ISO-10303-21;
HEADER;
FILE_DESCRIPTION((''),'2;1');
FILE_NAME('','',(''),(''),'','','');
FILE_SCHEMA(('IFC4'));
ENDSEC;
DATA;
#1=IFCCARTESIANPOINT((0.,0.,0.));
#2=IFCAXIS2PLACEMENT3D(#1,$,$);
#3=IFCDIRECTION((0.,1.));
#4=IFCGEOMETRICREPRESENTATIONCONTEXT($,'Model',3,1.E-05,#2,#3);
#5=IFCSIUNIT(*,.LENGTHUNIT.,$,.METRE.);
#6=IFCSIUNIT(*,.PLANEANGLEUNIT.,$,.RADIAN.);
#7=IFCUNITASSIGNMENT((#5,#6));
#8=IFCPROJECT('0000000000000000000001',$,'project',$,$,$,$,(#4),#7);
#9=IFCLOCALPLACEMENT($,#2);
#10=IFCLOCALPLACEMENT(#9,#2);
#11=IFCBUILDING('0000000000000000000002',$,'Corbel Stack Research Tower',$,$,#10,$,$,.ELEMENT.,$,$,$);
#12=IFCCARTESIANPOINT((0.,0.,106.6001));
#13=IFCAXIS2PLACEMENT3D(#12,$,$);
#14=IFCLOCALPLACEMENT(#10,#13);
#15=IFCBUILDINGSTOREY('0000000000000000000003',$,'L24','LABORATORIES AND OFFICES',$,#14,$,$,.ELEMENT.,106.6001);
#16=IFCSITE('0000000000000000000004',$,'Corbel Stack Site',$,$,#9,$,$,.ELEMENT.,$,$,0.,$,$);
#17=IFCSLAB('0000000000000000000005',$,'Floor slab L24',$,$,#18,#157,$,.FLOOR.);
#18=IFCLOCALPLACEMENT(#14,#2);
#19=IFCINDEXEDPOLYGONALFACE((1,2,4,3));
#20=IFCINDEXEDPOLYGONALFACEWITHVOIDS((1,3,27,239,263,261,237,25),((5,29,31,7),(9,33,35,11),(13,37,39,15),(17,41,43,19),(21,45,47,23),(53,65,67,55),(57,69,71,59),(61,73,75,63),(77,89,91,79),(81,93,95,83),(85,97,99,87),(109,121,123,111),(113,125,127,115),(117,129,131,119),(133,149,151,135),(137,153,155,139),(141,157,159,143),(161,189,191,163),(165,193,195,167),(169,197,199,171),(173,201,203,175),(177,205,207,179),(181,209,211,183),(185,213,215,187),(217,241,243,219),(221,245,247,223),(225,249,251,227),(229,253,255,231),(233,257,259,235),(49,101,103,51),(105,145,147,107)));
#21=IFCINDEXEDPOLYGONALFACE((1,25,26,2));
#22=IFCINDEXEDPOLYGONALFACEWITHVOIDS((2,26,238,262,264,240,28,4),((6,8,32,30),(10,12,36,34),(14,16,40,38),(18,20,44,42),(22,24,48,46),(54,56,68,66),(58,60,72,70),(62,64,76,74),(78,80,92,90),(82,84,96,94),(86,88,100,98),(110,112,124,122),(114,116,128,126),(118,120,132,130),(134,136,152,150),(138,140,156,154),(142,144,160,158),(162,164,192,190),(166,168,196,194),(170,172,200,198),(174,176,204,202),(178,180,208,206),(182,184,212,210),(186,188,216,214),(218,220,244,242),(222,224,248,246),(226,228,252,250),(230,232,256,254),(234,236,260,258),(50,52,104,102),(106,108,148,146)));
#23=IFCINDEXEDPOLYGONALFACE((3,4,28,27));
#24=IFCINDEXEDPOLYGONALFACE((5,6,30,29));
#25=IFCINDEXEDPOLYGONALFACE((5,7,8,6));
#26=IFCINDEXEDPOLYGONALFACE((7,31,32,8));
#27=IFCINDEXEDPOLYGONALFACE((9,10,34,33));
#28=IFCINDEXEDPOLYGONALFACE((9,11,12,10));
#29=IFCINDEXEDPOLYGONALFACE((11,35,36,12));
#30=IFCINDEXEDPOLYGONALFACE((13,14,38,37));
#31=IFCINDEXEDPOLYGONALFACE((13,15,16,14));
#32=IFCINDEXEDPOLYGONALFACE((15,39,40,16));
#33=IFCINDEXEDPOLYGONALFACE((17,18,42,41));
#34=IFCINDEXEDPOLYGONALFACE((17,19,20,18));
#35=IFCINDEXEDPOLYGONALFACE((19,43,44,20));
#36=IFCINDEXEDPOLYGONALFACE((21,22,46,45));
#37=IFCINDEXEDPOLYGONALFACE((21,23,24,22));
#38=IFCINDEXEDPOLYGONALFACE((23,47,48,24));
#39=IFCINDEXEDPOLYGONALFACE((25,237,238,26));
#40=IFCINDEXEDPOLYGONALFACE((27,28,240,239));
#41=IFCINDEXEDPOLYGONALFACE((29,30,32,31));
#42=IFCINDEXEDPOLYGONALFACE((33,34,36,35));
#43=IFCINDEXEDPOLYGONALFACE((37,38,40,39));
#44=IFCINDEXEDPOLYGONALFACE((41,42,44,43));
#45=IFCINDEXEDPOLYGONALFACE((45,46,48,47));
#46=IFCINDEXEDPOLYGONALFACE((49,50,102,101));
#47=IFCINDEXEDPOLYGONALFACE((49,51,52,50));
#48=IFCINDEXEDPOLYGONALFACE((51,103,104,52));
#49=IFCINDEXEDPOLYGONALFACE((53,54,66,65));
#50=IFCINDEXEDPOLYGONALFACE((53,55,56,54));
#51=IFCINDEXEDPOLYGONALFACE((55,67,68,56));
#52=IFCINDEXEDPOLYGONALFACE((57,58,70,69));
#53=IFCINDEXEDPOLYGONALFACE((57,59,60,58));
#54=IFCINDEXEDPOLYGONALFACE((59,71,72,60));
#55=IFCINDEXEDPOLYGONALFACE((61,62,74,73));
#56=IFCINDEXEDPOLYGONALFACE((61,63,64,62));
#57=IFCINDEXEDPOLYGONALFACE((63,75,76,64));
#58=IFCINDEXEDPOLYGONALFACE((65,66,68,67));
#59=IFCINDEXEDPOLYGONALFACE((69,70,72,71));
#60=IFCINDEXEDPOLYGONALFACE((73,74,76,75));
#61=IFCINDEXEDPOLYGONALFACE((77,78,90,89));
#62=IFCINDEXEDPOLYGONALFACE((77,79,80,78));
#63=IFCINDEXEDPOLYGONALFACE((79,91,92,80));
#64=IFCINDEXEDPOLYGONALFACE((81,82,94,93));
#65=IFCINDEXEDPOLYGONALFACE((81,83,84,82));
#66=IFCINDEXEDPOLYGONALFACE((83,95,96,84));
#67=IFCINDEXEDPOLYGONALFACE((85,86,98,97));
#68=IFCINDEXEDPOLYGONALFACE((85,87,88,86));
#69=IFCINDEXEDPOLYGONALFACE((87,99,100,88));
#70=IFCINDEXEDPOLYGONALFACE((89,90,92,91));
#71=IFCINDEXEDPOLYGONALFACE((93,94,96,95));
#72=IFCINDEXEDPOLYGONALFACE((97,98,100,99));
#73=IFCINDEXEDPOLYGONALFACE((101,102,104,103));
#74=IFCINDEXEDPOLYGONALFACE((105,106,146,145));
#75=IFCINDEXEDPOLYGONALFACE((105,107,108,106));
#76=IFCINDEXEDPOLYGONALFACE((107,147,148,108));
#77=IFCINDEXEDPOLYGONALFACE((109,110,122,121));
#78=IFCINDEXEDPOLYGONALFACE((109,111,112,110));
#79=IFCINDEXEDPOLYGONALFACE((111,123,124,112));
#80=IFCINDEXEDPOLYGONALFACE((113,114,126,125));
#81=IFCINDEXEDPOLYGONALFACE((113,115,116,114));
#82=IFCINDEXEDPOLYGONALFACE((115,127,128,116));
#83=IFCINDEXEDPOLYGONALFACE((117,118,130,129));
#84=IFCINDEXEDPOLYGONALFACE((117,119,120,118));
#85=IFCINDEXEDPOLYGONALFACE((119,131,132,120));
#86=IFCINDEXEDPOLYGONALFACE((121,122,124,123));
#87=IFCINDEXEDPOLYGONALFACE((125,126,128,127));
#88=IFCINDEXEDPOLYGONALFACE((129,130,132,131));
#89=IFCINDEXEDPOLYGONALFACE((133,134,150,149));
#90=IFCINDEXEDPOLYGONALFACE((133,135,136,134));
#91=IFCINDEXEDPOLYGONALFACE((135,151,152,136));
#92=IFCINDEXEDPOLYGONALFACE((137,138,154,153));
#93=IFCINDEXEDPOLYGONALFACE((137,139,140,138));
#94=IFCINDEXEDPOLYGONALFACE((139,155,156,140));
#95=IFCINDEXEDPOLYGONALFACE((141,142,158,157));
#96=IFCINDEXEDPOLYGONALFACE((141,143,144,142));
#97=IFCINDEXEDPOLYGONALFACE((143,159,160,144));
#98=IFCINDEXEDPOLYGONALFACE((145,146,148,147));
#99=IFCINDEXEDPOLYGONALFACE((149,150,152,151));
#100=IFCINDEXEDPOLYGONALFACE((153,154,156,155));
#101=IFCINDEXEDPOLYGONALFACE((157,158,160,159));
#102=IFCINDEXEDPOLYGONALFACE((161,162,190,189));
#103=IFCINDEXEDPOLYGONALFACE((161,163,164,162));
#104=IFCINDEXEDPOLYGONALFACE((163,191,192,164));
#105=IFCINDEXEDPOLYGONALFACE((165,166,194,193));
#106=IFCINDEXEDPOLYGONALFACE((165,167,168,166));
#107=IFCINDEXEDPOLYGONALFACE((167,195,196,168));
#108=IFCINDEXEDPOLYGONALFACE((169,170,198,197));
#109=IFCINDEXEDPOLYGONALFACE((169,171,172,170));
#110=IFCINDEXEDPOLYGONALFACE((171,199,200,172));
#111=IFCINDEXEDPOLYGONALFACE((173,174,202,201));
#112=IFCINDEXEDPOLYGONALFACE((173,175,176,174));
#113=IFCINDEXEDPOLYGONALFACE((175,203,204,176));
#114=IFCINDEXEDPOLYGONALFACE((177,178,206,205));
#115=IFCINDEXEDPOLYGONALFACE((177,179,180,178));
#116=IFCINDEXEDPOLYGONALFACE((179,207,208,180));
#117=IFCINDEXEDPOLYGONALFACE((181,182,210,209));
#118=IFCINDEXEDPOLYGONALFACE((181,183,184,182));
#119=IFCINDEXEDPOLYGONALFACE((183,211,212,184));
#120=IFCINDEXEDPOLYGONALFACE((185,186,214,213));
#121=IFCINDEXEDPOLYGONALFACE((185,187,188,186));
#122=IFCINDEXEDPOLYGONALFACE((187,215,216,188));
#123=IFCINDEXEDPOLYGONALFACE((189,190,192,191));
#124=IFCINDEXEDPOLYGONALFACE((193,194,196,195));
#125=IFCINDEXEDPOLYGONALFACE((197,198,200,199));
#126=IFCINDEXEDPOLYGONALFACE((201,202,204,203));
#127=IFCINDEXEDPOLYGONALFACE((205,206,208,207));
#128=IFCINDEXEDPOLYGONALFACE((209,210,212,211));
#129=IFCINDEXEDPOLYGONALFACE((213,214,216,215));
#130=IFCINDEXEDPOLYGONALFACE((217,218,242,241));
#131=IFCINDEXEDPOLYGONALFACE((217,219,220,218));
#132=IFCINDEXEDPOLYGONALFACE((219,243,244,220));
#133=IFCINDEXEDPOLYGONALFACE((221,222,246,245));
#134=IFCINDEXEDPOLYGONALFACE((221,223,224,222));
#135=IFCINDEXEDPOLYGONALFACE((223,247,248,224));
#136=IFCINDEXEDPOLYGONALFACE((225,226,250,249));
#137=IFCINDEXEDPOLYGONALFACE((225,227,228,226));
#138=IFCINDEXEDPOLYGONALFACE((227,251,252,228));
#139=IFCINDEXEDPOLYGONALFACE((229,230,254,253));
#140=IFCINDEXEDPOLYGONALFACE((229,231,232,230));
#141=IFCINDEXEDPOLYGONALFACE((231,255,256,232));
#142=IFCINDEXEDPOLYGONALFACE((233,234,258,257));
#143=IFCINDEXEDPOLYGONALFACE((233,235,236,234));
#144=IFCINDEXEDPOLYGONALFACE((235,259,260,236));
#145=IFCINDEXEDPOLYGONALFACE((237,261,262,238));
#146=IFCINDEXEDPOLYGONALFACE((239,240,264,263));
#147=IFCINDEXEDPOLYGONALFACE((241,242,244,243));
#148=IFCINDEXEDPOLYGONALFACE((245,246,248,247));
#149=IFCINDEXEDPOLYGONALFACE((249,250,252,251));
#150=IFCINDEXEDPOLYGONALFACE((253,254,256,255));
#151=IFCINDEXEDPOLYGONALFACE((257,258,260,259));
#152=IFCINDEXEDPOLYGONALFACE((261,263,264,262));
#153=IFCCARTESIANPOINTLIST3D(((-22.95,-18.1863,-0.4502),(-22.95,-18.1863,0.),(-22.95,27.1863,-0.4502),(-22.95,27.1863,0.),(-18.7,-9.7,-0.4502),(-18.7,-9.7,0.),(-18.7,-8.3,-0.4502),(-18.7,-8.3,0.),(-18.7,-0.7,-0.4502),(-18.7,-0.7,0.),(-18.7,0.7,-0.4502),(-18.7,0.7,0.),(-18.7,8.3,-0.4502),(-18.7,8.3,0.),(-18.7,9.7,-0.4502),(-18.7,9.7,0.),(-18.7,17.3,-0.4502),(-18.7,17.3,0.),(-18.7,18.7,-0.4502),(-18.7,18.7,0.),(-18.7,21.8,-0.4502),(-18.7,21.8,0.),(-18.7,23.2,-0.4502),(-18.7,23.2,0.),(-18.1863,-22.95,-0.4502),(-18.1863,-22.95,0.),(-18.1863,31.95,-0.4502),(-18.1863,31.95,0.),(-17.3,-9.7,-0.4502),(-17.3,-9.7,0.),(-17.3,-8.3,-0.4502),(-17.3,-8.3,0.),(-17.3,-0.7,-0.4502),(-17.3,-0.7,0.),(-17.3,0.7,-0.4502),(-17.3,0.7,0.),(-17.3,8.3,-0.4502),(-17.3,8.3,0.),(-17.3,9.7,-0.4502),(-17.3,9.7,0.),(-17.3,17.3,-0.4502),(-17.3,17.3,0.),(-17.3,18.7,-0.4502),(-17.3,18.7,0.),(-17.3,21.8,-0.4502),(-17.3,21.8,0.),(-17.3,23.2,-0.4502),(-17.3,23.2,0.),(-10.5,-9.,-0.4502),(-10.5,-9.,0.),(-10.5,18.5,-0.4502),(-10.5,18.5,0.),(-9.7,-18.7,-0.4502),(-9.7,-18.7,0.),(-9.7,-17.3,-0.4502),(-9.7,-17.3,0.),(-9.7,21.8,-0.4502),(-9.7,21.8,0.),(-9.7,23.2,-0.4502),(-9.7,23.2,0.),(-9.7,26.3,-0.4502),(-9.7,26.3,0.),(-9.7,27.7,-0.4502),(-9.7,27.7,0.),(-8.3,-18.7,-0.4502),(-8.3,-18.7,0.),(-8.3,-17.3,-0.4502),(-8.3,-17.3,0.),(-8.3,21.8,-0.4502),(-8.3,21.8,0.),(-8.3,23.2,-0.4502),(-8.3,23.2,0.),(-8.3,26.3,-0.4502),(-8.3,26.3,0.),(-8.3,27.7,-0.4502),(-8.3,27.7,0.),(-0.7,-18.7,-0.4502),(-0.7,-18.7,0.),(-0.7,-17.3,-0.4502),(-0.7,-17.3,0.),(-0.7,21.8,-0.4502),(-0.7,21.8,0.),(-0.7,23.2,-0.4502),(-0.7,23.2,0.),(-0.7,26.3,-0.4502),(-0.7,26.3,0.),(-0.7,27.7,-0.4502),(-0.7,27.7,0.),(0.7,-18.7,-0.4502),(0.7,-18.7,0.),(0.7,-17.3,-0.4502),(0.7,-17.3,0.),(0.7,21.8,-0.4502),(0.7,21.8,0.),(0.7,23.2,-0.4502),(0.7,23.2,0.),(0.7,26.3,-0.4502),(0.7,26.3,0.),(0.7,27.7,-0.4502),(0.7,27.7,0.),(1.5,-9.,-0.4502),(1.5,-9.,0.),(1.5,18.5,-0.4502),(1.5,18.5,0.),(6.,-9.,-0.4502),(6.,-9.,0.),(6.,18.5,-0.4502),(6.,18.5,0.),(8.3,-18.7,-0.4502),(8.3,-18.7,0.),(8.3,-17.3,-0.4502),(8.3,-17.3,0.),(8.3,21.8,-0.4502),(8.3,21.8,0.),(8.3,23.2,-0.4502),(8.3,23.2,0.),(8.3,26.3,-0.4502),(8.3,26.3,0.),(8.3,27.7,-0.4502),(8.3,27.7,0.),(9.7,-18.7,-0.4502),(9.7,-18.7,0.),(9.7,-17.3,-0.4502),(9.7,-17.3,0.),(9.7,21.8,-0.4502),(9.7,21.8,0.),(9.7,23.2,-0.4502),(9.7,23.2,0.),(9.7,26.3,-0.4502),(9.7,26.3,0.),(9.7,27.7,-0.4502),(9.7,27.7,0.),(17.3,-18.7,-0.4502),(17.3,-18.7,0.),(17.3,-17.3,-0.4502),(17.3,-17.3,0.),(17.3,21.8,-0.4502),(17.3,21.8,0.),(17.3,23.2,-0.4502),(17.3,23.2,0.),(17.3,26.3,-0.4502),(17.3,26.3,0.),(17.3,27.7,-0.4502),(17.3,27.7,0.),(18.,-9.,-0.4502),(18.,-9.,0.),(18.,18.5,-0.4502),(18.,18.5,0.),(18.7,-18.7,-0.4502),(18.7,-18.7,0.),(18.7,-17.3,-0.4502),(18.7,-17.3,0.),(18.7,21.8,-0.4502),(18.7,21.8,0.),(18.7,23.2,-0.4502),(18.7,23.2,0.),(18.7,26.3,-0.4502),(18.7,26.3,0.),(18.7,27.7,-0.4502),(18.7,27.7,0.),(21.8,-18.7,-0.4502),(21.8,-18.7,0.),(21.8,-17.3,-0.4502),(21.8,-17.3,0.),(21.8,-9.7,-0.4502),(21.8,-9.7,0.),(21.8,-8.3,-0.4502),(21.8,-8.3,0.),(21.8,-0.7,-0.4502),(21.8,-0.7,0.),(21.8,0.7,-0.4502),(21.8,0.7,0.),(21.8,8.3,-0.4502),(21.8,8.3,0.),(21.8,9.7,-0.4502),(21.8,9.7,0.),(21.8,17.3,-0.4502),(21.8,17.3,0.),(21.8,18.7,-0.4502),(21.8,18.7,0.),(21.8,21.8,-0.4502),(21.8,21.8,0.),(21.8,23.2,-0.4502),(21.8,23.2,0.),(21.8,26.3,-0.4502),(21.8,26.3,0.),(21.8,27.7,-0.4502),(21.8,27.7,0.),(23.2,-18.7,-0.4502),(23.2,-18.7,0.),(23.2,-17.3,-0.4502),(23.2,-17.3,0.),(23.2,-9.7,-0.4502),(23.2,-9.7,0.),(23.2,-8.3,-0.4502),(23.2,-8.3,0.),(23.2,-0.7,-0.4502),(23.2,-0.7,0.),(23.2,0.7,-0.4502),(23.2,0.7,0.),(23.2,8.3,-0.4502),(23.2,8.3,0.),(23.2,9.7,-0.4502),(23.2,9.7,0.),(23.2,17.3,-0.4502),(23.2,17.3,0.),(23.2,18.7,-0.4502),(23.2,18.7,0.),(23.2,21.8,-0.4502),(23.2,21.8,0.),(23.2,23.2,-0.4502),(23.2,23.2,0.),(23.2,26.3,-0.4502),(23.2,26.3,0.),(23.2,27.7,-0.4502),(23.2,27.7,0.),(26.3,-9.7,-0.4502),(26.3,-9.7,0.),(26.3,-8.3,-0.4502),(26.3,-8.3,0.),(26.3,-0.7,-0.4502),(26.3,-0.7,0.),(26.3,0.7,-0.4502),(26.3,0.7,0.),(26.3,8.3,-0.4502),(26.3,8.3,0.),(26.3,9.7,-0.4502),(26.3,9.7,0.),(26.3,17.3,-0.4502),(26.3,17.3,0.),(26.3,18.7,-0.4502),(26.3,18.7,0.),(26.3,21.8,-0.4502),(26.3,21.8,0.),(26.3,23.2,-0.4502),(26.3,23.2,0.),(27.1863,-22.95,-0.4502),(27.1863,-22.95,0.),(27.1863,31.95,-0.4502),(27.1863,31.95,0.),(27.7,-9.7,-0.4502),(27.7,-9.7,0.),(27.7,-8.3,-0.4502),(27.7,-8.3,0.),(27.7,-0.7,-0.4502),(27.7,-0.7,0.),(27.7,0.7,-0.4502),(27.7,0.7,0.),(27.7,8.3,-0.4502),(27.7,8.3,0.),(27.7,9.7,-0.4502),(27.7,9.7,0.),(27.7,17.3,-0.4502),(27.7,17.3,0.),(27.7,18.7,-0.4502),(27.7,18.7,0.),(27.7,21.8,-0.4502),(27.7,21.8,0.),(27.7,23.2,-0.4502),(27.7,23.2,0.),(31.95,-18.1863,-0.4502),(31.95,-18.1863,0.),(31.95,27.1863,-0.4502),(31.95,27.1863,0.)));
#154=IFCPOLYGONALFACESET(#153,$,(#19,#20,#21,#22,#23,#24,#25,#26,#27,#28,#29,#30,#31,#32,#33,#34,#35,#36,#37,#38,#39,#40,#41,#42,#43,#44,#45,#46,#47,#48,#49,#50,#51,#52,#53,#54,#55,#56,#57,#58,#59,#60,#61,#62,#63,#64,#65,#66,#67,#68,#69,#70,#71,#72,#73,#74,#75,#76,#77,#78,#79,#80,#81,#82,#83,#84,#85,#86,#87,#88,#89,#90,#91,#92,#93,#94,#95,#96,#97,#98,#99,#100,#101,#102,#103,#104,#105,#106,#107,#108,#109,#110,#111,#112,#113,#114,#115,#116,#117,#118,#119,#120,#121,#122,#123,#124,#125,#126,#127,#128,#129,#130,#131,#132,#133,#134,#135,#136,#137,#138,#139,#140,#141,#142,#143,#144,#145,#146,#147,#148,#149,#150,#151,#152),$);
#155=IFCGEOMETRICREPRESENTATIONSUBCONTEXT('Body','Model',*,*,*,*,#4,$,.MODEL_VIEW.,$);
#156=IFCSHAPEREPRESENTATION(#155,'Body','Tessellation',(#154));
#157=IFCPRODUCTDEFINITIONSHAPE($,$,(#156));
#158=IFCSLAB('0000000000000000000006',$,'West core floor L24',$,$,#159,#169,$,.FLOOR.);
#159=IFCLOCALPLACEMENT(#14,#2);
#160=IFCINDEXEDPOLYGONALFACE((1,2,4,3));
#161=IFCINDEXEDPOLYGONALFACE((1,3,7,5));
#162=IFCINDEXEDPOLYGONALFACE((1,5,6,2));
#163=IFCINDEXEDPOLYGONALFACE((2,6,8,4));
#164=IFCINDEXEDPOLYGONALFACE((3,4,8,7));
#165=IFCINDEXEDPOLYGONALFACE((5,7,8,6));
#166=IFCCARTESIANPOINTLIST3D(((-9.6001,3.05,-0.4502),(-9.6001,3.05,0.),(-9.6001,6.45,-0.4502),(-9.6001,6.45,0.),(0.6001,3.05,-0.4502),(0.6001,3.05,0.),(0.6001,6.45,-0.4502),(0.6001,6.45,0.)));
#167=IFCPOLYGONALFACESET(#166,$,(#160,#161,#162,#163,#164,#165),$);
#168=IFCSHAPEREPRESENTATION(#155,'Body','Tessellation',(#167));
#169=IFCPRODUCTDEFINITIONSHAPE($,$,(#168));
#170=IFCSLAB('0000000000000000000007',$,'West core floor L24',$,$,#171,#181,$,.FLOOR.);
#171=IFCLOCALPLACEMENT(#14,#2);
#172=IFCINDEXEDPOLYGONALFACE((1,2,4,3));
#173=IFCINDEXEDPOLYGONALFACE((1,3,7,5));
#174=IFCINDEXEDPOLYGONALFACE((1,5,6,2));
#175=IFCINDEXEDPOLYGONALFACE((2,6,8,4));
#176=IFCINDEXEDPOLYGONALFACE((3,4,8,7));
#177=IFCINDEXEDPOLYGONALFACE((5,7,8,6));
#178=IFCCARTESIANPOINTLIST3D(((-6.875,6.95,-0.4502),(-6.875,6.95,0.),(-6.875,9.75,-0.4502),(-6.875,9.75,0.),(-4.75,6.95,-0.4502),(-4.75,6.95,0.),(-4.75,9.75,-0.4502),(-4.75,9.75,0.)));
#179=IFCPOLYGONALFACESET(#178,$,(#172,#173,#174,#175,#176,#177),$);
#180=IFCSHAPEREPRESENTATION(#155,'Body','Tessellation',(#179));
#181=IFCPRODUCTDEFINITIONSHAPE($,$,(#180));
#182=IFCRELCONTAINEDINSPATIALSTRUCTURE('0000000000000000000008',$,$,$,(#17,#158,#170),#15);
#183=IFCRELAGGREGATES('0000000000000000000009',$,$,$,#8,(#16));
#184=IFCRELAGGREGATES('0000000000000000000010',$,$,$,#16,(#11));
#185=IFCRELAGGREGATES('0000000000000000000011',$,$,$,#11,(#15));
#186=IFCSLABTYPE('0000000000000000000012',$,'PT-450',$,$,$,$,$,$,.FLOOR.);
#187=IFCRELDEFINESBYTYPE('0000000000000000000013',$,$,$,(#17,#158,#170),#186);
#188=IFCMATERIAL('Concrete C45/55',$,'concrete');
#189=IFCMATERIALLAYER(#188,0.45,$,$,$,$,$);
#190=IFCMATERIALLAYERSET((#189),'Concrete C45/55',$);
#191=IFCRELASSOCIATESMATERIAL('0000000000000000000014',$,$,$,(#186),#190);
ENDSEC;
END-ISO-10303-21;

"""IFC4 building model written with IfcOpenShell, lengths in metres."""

from ifc_helpers import new_model, si_unit, direction, frame, origin, place, context, subcontext, project, spatial, polyline, outline, extrude, material, layer, layer_set, type_object, element, save


model = new_model("IFC4")

# Units and contexts
model_context = context("Model", 3, precision=1e-05, world=origin(), true_north=direction((0.0, 1.0)))
body_context = subcontext(model_context, "Body", "Model", "MODEL_VIEW")
ifc_project = project(units=[si_unit("LENGTHUNIT", "METRE"), si_unit("PLANEANGLEUNIT", "RADIAN")], contexts=[model_context])

# Site, building, storey
site_placement = place(None, origin())
site = spatial("IfcSite", under=ifc_project, at=site_placement, Name="Corbel Stack Site", CompositionType="ELEMENT", RefElevation=0.0)
building_placement = place(site_placement, origin())
building = spatial("IfcBuilding", under=site, at=building_placement, Name="Corbel Stack Research Tower", CompositionType="ELEMENT")
storey_placement = place(building_placement, frame((0.0, 0.0, 106.6001)))
storey = spatial("IfcBuildingStorey", under=building, at=storey_placement, Name="L24", Description="LABORATORIES AND OFFICES", CompositionType="ELEMENT", Elevation=106.6001)

# Slabs
ifc_material_1 = material(Name="Concrete C45/55", Category="concrete")
ifc_layer_1 = layer(ifc_material_1, 0.45)
ifc_layer_set_1 = layer_set([ifc_layer_1], Name="Concrete C45/55")
slab_type_1 = type_object("IfcSlabType", Name="PT-450", PredefinedType="FLOOR", material=ifc_layer_set_1)
slab_1_placement = place(storey_placement, frame((0.0, 0.0, -0.4502)))
element("IfcSlab", 1, at=slab_1_placement, inside=storey, type_object=slab_type_1, Name="Floor slab L24", PredefinedType="FLOOR", context=body_context, shape_type="SweptSolid", body=[
    extrude(outline(polyline([(-18.1863, -22.95), (27.1863, -22.95), (31.95, -18.1863), (31.95, 27.1863), (27.1863, 31.95), (-18.1863, 31.95), (-22.95, 27.1863), (-22.95, -18.1863), (-18.1863, -22.95)]), holes=[polyline([(26.3, 21.8), (26.3, 23.2), (27.7, 23.2), (27.7, 21.8), (26.3, 21.8)]), polyline([(26.3, -9.7), (26.3, -8.3), (27.7, -8.3), (27.7, -9.7), (26.3, -9.7)]), polyline([(26.3, -0.7), (26.3, 0.7), (27.7, 0.7), (27.7, -0.7), (26.3, -0.7)]), polyline([(26.3, 8.3), (26.3, 9.7), (27.7, 9.7), (27.7, 8.3), (26.3, 8.3)]), polyline([(26.3, 17.3), (26.3, 18.7), (27.7, 18.7), (27.7, 17.3), (26.3, 17.3)]), polyline([(21.8, 26.3), (21.8, 27.7), (23.2, 27.7), (23.2, 26.3), (21.8, 26.3)]), polyline([(21.8, 21.8), (21.8, 23.2), (23.2, 23.2), (23.2, 21.8), (21.8, 21.8)]), polyline([(21.8, 17.3), (21.8, 18.7), (23.2, 18.7), (23.2, 17.3), (21.8, 17.3)]), polyline([(21.8, 8.3), (21.8, 9.7), (23.2, 9.7), (23.2, 8.3), (21.8, 8.3)]), polyline([(21.8, -0.7), (21.8, 0.7), (23.2, 0.7), (23.2, -0.7), (21.8, -0.7)]), polyline([(21.8, -9.7), (21.8, -8.3), (23.2, -8.3), (23.2, -9.7), (21.8, -9.7)]), polyline([(21.8, -18.7), (21.8, -17.3), (23.2, -17.3), (23.2, -18.7), (21.8, -18.7)]), polyline([(17.3, 26.3), (17.3, 27.7), (18.7, 27.7), (18.7, 26.3), (17.3, 26.3)]), polyline([(17.3, 21.8), (17.3, 23.2), (18.7, 23.2), (18.7, 21.8), (17.3, 21.8)]), polyline([(17.3, -18.7), (17.3, -17.3), (18.7, -17.3), (18.7, -18.7), (17.3, -18.7)]), polyline([(6.0, -9.0), (6.0, 18.5), (18.0, 18.5), (18.0, -9.0), (6.0, -9.0)]), polyline([(8.3, 26.3), (8.3, 27.7), (9.7, 27.7), (9.7, 26.3), (8.3, 26.3)]), polyline([(8.3, 21.8), (8.3, 23.2), (9.7, 23.2), (9.7, 21.8), (8.3, 21.8)]), polyline([(8.3, -18.7), (8.3, -17.3), (9.7, -17.3), (9.7, -18.7), (8.3, -18.7)]), polyline([(-10.5, -9.0), (-10.5, 18.5), (1.5, 18.5), (1.5, -9.0), (-10.5, -9.0)]), polyline([(-0.7, 26.3), (-0.7, 27.7), (0.7, 27.7), (0.7, 26.3), (-0.7, 26.3)]), polyline([(-0.7, 21.8), (-0.7, 23.2), (0.7, 23.2), (0.7, 21.8), (-0.7, 21.8)]), polyline([(-0.7, -18.7), (-0.7, -17.3), (0.7, -17.3), (0.7, -18.7), (-0.7, -18.7)]), polyline([(-9.7, 26.3), (-9.7, 27.7), (-8.3, 27.7), (-8.3, 26.3), (-9.7, 26.3)]), polyline([(-9.7, 21.8), (-9.7, 23.2), (-8.3, 23.2), (-8.3, 21.8), (-9.7, 21.8)]), polyline([(-8.3, -18.7), (-9.7, -18.7), (-9.7, -17.3), (-8.3, -17.3), (-8.3, -18.7)]), polyline([(-18.7, 21.8), (-18.7, 23.2), (-17.3, 23.2), (-17.3, 21.8), (-18.7, 21.8)]), polyline([(-18.7, 17.3), (-18.7, 18.7), (-17.3, 18.7), (-17.3, 17.3), (-18.7, 17.3)]), polyline([(-18.7, 8.3), (-18.7, 9.7), (-17.3, 9.7), (-17.3, 8.3), (-18.7, 8.3)]), polyline([(-18.7, -0.7), (-18.7, 0.7), (-17.3, 0.7), (-17.3, -0.7), (-18.7, -0.7)]), polyline([(-18.7, -9.7), (-18.7, -8.3), (-17.3, -8.3), (-17.3, -9.7), (-18.7, -9.7)])]), origin(), (0.0, 0.0, 1.0), 0.4502),
])
slab_2_placement = place(storey_placement, frame((0.0, 0.0, -0.4502)))
element("IfcSlab", 2, at=slab_2_placement, inside=storey, type_object=slab_type_1, Name="West core floor L24", PredefinedType="FLOOR", context=body_context, shape_type="SweptSolid", body=[
    extrude(outline(polyline([(0.6001, 6.45), (-9.6001, 6.45), (-9.6001, 3.05), (0.6001, 3.05), (0.6001, 6.45)])), origin(), (0.0, 0.0, 1.0), 0.4502),
])
slab_3_placement = place(storey_placement, frame((0.0, 0.0, -0.4502)))
element("IfcSlab", 3, at=slab_3_placement, inside=storey, type_object=slab_type_1, Name="West core floor L24", PredefinedType="FLOOR", context=body_context, shape_type="SweptSolid", body=[
    extrude(outline(polyline([(-6.875, 6.95), (-4.75, 6.95), (-4.75, 9.75), (-6.875, 9.75), (-6.875, 6.95)])), origin(), (0.0, 0.0, 1.0), 0.4502),
])

save(model, "model.ifc")
